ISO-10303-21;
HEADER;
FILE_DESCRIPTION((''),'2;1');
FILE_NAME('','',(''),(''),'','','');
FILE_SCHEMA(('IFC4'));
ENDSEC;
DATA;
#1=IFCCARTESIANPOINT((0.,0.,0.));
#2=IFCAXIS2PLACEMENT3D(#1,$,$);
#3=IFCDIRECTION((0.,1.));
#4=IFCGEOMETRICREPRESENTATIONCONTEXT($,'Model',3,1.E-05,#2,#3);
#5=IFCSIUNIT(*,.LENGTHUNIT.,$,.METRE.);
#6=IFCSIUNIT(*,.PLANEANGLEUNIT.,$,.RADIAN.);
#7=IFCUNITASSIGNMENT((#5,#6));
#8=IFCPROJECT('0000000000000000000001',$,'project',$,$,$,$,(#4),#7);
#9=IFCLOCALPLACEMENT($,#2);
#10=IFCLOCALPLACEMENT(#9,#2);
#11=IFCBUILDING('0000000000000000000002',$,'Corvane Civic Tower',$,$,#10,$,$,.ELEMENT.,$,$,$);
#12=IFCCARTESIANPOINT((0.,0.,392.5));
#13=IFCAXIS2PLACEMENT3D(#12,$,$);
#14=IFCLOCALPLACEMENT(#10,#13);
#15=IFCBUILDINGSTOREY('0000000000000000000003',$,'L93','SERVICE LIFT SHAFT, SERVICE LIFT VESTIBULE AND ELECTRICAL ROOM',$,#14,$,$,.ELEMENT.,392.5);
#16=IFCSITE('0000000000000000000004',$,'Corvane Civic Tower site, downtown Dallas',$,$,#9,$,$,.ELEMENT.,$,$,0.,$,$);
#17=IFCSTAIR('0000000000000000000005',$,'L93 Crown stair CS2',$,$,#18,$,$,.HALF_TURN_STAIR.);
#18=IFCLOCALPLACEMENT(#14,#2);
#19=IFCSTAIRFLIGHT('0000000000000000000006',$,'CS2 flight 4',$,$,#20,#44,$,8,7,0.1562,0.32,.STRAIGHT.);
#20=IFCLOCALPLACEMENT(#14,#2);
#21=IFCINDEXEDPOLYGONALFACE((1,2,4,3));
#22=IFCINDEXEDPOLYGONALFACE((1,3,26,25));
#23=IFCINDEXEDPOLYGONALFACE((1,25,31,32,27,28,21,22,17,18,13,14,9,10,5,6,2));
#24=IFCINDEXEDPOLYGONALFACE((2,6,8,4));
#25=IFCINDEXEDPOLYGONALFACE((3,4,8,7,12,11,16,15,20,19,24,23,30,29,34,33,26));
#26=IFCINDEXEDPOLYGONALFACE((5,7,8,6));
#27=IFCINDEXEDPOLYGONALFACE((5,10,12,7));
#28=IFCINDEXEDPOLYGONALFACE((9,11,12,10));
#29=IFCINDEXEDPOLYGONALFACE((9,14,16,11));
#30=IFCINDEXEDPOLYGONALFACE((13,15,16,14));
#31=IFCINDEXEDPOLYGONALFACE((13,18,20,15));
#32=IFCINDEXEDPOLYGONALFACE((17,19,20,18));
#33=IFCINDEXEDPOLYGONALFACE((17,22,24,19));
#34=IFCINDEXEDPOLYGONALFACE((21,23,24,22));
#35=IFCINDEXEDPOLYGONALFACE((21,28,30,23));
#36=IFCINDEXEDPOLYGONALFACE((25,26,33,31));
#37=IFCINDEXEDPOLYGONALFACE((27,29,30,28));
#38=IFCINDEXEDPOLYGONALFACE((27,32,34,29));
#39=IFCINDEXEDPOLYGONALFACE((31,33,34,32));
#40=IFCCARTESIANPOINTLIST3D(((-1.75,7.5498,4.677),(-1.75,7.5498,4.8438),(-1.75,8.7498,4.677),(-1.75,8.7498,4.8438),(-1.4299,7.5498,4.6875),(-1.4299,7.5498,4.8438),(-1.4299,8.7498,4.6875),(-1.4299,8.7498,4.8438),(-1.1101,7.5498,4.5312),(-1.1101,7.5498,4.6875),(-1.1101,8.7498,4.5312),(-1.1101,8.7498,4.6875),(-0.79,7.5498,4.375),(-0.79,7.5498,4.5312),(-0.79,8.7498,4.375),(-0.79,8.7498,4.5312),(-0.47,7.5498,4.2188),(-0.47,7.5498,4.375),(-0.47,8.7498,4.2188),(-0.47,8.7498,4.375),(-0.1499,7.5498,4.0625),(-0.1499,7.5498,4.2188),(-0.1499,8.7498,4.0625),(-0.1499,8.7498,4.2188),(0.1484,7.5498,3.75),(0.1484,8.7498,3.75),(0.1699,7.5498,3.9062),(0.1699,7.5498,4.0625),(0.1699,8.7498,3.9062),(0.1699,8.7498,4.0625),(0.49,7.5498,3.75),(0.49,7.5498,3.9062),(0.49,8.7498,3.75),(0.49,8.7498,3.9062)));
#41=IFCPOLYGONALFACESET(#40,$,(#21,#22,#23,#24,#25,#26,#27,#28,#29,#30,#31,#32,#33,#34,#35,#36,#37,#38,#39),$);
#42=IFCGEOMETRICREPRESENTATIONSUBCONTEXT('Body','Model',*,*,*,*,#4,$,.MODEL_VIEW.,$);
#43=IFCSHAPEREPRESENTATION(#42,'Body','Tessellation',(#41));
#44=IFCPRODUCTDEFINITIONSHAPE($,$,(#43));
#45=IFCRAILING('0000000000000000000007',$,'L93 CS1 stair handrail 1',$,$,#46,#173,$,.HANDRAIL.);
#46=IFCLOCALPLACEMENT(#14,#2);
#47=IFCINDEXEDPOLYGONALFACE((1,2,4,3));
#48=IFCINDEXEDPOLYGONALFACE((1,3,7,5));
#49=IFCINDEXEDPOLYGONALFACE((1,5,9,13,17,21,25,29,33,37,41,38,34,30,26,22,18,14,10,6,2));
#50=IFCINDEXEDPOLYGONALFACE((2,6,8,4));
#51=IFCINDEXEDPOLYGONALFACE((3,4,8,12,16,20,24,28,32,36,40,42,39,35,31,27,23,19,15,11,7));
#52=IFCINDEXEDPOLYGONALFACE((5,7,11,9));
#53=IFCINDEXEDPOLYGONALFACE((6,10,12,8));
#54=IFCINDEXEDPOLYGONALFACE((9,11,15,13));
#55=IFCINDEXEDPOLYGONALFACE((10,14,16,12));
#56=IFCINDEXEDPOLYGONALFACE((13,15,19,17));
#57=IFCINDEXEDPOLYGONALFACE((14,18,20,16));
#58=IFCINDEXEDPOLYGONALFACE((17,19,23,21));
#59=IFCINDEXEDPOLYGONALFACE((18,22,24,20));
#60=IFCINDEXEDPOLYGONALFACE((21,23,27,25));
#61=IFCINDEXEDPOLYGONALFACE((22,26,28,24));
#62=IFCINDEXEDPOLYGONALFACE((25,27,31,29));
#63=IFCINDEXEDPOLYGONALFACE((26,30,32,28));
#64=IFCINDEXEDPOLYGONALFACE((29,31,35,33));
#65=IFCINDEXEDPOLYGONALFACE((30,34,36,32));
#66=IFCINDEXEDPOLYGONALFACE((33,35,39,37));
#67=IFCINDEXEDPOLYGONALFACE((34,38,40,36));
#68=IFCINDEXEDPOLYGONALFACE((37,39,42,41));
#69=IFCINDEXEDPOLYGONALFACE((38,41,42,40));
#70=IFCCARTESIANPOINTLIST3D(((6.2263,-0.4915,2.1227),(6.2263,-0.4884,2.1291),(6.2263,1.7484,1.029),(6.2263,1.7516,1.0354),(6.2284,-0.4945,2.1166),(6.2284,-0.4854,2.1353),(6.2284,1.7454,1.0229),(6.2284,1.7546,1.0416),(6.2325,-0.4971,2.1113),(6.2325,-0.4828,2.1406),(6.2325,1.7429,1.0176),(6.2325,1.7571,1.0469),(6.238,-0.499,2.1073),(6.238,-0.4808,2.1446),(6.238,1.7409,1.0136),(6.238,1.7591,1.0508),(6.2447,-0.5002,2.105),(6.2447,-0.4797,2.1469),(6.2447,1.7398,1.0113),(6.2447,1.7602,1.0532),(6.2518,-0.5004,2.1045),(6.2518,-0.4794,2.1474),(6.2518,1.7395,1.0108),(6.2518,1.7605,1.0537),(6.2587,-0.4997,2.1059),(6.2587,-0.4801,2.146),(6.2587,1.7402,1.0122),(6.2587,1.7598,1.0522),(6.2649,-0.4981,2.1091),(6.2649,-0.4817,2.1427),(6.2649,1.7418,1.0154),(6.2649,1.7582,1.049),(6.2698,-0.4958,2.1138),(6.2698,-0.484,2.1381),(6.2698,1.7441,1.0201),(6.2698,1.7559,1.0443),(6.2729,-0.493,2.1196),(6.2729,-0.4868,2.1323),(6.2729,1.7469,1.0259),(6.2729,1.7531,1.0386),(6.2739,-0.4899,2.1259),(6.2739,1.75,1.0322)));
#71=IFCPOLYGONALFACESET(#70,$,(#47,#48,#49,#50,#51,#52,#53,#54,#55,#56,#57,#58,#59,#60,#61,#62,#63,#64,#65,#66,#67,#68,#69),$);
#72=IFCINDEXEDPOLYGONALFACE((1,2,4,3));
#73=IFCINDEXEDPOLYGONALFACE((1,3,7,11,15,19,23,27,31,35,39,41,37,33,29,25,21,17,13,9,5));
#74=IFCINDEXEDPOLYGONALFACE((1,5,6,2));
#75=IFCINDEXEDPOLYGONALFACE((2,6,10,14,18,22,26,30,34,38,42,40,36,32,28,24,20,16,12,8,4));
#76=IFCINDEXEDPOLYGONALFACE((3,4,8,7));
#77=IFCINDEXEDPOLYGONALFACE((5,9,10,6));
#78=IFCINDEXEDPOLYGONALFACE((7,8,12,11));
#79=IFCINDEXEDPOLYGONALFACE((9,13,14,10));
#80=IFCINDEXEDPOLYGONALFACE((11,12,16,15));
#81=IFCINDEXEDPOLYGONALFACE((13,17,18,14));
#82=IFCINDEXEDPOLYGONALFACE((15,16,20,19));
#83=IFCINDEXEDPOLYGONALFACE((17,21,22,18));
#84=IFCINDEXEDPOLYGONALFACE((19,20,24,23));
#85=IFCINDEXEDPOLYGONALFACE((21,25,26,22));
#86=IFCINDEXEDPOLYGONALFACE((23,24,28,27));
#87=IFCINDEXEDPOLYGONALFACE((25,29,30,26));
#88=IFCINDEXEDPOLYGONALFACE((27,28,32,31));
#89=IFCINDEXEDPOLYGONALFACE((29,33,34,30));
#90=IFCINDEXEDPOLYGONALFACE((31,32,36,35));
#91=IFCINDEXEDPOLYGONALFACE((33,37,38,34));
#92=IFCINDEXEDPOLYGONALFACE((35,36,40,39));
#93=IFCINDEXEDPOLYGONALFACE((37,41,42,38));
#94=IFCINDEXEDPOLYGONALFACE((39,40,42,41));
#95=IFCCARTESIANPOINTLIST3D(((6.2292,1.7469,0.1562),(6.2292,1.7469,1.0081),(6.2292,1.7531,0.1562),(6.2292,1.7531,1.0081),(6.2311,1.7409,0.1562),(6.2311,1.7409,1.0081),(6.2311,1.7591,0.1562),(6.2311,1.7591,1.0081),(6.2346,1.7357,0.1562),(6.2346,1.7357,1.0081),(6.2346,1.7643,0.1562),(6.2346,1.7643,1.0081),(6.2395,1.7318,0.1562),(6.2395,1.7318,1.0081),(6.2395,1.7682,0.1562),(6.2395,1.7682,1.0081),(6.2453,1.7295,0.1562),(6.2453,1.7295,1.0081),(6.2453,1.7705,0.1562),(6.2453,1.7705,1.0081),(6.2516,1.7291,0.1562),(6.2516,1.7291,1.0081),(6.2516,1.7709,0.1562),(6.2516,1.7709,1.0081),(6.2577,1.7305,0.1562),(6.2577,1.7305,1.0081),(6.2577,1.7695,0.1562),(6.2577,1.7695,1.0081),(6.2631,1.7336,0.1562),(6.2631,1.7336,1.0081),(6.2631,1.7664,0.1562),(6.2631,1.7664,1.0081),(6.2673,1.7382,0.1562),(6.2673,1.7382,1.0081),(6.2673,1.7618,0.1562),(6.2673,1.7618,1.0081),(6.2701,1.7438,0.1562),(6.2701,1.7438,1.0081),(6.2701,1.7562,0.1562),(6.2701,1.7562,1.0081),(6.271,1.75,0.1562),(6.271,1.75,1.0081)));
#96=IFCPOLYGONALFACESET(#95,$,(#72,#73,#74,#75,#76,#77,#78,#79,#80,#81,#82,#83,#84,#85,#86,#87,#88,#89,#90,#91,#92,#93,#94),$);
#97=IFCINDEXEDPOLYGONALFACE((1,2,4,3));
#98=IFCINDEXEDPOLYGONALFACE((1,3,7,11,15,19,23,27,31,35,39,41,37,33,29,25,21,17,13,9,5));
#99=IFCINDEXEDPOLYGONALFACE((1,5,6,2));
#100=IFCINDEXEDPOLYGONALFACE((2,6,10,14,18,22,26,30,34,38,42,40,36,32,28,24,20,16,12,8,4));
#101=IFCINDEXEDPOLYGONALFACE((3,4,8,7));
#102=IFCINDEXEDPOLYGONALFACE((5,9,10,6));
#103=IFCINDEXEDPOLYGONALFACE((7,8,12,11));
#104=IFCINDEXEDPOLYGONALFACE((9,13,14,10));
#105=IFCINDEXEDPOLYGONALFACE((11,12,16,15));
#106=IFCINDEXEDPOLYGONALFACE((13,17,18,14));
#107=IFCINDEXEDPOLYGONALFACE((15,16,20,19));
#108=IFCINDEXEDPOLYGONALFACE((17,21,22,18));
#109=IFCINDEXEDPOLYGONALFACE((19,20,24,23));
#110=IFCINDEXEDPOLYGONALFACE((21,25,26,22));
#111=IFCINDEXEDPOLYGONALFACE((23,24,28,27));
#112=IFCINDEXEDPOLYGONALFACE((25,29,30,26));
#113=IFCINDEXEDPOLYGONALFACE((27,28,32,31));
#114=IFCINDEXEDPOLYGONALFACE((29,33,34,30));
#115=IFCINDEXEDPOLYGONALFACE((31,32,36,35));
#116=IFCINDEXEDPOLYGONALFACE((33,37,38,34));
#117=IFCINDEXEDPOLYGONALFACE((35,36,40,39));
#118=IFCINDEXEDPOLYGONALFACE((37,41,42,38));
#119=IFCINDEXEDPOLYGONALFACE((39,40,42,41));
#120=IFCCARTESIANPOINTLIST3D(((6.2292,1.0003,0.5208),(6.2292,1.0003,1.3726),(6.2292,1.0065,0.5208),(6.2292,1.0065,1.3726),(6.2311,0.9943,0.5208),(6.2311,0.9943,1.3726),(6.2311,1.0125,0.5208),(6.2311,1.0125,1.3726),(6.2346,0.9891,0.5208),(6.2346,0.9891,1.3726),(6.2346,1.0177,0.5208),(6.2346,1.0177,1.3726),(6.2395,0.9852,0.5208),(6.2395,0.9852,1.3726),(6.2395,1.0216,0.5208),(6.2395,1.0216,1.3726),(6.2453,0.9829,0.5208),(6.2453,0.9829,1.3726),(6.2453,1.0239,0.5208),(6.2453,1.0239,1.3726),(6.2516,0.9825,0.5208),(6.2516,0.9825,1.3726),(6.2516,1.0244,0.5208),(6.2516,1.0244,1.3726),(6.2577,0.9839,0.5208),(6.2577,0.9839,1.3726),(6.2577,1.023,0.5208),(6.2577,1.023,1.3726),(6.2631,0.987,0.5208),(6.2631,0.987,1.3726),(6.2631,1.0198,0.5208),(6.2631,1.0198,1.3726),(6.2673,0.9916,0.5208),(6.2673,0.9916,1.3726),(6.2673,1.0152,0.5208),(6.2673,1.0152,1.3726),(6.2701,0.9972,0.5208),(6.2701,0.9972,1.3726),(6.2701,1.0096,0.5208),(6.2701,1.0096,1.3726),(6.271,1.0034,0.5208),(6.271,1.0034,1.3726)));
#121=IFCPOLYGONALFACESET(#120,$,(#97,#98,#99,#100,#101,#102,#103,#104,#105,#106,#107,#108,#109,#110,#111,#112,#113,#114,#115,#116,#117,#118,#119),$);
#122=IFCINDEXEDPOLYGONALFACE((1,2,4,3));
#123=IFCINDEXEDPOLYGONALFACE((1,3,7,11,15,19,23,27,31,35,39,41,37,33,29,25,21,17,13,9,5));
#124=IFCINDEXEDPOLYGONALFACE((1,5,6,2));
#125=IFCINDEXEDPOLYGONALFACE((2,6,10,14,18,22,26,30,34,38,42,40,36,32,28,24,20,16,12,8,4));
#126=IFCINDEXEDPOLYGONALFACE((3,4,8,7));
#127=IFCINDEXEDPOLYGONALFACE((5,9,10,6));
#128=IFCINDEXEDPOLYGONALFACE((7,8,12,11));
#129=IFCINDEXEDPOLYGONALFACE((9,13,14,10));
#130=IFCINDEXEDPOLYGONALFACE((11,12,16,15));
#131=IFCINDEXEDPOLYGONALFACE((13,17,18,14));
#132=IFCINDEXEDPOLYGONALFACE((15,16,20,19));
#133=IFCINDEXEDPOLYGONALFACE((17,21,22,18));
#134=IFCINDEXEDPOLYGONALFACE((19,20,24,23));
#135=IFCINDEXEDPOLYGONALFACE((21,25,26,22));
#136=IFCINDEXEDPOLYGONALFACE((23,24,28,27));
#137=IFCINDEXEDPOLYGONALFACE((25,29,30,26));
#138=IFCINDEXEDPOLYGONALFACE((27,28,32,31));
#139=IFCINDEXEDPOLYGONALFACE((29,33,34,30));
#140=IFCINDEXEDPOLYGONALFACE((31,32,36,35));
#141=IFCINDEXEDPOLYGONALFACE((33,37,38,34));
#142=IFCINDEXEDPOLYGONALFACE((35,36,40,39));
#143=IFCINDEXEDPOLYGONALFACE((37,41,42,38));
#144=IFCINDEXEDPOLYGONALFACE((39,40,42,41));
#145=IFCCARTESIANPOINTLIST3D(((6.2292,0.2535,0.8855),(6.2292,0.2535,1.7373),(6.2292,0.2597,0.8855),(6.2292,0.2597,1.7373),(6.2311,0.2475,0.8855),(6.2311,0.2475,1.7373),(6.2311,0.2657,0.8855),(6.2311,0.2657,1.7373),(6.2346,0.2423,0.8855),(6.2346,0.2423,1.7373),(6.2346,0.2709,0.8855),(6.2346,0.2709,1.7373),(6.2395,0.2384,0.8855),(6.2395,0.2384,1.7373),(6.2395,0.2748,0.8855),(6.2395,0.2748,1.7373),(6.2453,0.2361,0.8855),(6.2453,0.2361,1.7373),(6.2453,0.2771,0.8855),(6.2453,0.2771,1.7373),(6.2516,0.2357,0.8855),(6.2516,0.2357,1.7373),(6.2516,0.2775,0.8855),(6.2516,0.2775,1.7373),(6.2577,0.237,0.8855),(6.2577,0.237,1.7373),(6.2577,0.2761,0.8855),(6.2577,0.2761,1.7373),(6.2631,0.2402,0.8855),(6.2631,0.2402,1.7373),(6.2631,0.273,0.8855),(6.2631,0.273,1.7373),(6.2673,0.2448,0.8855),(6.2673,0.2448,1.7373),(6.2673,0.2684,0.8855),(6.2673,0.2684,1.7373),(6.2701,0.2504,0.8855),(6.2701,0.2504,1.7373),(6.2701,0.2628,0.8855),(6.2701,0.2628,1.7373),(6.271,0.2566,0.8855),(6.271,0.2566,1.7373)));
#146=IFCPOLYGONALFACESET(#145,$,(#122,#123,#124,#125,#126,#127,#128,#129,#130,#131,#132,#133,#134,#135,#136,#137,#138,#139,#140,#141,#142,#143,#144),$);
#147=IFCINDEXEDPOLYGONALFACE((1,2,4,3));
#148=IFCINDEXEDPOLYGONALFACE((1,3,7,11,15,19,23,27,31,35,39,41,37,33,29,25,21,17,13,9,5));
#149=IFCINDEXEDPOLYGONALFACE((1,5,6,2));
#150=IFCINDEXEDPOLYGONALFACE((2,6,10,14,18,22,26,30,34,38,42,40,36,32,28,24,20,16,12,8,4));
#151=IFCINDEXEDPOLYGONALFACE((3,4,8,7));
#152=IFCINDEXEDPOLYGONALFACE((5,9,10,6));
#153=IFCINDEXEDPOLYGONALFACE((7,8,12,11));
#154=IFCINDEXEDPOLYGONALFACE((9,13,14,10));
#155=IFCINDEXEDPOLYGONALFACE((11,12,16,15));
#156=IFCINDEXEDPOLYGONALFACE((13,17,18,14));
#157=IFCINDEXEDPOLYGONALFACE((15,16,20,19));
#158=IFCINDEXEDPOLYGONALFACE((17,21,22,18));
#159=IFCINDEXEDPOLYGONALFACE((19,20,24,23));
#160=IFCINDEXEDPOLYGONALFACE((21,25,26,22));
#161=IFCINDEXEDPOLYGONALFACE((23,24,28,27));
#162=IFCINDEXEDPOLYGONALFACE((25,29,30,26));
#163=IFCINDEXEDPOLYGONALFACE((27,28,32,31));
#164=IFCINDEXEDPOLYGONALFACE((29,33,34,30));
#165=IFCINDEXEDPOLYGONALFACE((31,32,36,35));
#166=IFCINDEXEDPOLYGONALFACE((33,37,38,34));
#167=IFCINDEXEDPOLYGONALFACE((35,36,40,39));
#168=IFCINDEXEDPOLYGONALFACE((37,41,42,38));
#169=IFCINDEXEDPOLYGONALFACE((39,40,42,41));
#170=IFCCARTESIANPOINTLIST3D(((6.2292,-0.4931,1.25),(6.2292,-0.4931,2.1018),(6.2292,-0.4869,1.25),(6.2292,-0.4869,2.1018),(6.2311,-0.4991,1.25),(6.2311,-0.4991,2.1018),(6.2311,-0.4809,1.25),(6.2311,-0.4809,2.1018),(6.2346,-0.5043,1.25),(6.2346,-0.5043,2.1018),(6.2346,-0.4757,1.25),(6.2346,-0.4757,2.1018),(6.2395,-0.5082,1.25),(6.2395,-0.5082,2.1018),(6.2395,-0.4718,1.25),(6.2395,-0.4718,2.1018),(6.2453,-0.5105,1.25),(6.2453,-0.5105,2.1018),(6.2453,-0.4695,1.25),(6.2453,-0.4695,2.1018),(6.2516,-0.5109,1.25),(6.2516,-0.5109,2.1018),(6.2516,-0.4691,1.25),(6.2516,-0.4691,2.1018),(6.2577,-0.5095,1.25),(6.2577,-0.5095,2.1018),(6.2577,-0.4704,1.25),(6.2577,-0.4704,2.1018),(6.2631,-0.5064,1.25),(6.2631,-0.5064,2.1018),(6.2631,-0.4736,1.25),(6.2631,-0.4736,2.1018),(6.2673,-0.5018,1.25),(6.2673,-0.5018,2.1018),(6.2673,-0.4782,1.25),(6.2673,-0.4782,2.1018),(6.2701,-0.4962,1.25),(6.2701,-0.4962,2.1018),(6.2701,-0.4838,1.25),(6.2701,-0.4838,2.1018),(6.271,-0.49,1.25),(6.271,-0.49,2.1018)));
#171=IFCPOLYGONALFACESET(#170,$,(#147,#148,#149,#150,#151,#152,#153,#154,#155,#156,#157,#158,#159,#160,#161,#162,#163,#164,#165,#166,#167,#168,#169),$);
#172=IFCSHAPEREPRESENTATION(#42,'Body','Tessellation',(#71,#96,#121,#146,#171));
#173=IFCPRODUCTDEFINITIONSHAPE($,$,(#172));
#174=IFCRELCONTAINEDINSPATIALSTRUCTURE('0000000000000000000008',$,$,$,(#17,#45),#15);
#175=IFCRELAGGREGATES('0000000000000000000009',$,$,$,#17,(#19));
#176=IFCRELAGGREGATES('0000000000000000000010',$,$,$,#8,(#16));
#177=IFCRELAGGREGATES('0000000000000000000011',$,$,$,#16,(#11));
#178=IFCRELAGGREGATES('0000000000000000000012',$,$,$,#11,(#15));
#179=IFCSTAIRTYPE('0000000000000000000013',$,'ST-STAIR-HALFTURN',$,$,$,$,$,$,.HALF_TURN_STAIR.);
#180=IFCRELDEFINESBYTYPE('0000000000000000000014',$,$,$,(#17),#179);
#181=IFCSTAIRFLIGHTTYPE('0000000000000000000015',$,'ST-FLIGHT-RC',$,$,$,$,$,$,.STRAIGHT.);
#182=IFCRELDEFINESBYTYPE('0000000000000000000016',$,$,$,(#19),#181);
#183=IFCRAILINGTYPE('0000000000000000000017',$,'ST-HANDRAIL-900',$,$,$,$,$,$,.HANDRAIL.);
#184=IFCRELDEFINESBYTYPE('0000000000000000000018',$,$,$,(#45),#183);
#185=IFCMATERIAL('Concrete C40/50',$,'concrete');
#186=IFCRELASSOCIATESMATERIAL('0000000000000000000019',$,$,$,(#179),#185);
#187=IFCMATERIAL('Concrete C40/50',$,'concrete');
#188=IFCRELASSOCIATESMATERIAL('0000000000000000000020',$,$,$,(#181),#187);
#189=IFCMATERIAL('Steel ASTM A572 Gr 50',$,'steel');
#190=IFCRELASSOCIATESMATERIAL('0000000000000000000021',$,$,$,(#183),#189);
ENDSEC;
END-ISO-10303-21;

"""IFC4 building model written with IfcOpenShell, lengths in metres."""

from ifc_helpers import new_model, si_unit, direction, frame, origin, origin_2d, place, context, subcontext, project, spatial, polyline, circle, outline, extrude, material, type_object, element, aggregate, save


model = new_model("IFC4")

# Units and contexts
model_context = context("Model", 3, precision=1e-05, world=origin(), true_north=direction((0.0, 1.0)))
body_context = subcontext(model_context, "Body", "Model", "MODEL_VIEW")
ifc_project = project(units=[si_unit("LENGTHUNIT", "METRE"), si_unit("PLANEANGLEUNIT", "RADIAN")], contexts=[model_context])

# Site, building, storey
site_placement = place(None, origin())
site = spatial("IfcSite", under=ifc_project, at=site_placement, Name="Corvane Civic Tower site, downtown Dallas", CompositionType="ELEMENT", RefElevation=0.0)
building_placement = place(site_placement, origin())
building = spatial("IfcBuilding", under=site, at=building_placement, Name="Corvane Civic Tower", CompositionType="ELEMENT")
storey_placement = place(building_placement, frame((0.0, 0.0, 392.5)))
storey = spatial("IfcBuildingStorey", under=building, at=storey_placement, Name="L93", Description="SERVICE LIFT SHAFT, SERVICE LIFT VESTIBULE AND ELECTRICAL ROOM", CompositionType="ELEMENT", Elevation=392.5)

# Stair, stair flight
ifc_material_1 = material(Name="Concrete C40/50", Category="concrete")
stair_type = type_object("IfcStairType", Name="ST-STAIR-HALFTURN", PredefinedType="HALF_TURN_STAIR", material=ifc_material_1)
stair_placement = place(storey_placement, origin())
stair = element("IfcStair", 1, at=stair_placement, inside=storey, type_object=stair_type, Name="L93 Crown stair CS2", PredefinedType="HALF_TURN_STAIR")
ifc_material_2 = material(Name="Concrete C40/50", Category="concrete")
stair_flight_type = type_object("IfcStairFlightType", Name="ST-FLIGHT-RC", PredefinedType="STRAIGHT", material=ifc_material_2)
stair_flight_1_placement = place(storey_placement, frame((0.49, 8.1499, 3.75), z_axis=(0.0, 0.0, 1.0), x_axis=(-1.0, 0.0, 0.0)))
stair_flight_1 = element("IfcStairFlight", 2, at=stair_flight_1_placement, type_object=stair_flight_type, Name="CS2 flight 4", NumberOfRisers=8, NumberOfTreads=7, PredefinedType="STRAIGHT", RiserHeight=0.1562, TreadLength=0.32, context=body_context, shape_type="SweptSolid", body=[
    extrude(outline(polyline([(0.0, 0.0), (0.0, 0.1562), (0.3201, 0.1562), (0.3201, 0.3125), (0.6399, 0.3125), (0.6399, 0.4688), (0.96, 0.4688), (0.96, 0.625), (1.28, 0.625), (1.28, 0.7812), (1.6001, 0.7812), (1.6001, 0.9375), (1.9199, 0.9375), (1.9199, 1.0938), (2.24, 1.0938), (2.24, 1.25), (2.24, 0.927), (0.3416, 0.0), (0.0, 0.0)])), frame((0.0, 0.6001, 0.0), z_axis=(0.0, -1.0, 0.0), x_axis=(1.0, 0.0, 0.0)), (0.0, 0.0, 1.0), 1.2),
])
aggregate(stair, [stair_flight_1])

# Railing
ifc_material_3 = material(Name="Steel ASTM A572 Gr 50", Category="steel")
railing_type = type_object("IfcRailingType", Name="ST-HANDRAIL-900", PredefinedType="HANDRAIL", material=ifc_material_3)
for number, where, name in (
    (3, (6.25, 1.75, 0.1562), "L93 CS1 stair handrail 1"),
):
    element("IfcRailing", number, at=place(storey_placement, frame(where)), inside=storey, type_object=railing_type, Name=name, PredefinedType="HANDRAIL", context=body_context, shape_type="SweptSolid", body=[
        extrude(circle(Radius=0.0239, at=origin_2d()), frame((0.0, 0.0, 0.876), z_axis=(0.0, -0.898599, 0.438771), x_axis=(1.0, 0.0, 0.0)), (0.0, 0.0, 1.0), 2.4927),
        extrude(circle(Radius=0.021, at=origin_2d()), origin(), (0.0, 0.0, 1.0), 0.8518),
        extrude(circle(Radius=0.021, at=origin_2d()), frame((0.0, -0.7466, 0.3645)), (0.0, 0.0, 1.0), 0.8518),
        extrude(circle(Radius=0.021, at=origin_2d()), frame((0.0, -1.4934, 0.7292)), (0.0, 0.0, 1.0), 0.8518),
        extrude(circle(Radius=0.021, at=origin_2d()), frame((0.0, -2.24, 1.0938)), (0.0, 0.0, 1.0), 0.8518),
    ])

save(model, "model.ifc")
